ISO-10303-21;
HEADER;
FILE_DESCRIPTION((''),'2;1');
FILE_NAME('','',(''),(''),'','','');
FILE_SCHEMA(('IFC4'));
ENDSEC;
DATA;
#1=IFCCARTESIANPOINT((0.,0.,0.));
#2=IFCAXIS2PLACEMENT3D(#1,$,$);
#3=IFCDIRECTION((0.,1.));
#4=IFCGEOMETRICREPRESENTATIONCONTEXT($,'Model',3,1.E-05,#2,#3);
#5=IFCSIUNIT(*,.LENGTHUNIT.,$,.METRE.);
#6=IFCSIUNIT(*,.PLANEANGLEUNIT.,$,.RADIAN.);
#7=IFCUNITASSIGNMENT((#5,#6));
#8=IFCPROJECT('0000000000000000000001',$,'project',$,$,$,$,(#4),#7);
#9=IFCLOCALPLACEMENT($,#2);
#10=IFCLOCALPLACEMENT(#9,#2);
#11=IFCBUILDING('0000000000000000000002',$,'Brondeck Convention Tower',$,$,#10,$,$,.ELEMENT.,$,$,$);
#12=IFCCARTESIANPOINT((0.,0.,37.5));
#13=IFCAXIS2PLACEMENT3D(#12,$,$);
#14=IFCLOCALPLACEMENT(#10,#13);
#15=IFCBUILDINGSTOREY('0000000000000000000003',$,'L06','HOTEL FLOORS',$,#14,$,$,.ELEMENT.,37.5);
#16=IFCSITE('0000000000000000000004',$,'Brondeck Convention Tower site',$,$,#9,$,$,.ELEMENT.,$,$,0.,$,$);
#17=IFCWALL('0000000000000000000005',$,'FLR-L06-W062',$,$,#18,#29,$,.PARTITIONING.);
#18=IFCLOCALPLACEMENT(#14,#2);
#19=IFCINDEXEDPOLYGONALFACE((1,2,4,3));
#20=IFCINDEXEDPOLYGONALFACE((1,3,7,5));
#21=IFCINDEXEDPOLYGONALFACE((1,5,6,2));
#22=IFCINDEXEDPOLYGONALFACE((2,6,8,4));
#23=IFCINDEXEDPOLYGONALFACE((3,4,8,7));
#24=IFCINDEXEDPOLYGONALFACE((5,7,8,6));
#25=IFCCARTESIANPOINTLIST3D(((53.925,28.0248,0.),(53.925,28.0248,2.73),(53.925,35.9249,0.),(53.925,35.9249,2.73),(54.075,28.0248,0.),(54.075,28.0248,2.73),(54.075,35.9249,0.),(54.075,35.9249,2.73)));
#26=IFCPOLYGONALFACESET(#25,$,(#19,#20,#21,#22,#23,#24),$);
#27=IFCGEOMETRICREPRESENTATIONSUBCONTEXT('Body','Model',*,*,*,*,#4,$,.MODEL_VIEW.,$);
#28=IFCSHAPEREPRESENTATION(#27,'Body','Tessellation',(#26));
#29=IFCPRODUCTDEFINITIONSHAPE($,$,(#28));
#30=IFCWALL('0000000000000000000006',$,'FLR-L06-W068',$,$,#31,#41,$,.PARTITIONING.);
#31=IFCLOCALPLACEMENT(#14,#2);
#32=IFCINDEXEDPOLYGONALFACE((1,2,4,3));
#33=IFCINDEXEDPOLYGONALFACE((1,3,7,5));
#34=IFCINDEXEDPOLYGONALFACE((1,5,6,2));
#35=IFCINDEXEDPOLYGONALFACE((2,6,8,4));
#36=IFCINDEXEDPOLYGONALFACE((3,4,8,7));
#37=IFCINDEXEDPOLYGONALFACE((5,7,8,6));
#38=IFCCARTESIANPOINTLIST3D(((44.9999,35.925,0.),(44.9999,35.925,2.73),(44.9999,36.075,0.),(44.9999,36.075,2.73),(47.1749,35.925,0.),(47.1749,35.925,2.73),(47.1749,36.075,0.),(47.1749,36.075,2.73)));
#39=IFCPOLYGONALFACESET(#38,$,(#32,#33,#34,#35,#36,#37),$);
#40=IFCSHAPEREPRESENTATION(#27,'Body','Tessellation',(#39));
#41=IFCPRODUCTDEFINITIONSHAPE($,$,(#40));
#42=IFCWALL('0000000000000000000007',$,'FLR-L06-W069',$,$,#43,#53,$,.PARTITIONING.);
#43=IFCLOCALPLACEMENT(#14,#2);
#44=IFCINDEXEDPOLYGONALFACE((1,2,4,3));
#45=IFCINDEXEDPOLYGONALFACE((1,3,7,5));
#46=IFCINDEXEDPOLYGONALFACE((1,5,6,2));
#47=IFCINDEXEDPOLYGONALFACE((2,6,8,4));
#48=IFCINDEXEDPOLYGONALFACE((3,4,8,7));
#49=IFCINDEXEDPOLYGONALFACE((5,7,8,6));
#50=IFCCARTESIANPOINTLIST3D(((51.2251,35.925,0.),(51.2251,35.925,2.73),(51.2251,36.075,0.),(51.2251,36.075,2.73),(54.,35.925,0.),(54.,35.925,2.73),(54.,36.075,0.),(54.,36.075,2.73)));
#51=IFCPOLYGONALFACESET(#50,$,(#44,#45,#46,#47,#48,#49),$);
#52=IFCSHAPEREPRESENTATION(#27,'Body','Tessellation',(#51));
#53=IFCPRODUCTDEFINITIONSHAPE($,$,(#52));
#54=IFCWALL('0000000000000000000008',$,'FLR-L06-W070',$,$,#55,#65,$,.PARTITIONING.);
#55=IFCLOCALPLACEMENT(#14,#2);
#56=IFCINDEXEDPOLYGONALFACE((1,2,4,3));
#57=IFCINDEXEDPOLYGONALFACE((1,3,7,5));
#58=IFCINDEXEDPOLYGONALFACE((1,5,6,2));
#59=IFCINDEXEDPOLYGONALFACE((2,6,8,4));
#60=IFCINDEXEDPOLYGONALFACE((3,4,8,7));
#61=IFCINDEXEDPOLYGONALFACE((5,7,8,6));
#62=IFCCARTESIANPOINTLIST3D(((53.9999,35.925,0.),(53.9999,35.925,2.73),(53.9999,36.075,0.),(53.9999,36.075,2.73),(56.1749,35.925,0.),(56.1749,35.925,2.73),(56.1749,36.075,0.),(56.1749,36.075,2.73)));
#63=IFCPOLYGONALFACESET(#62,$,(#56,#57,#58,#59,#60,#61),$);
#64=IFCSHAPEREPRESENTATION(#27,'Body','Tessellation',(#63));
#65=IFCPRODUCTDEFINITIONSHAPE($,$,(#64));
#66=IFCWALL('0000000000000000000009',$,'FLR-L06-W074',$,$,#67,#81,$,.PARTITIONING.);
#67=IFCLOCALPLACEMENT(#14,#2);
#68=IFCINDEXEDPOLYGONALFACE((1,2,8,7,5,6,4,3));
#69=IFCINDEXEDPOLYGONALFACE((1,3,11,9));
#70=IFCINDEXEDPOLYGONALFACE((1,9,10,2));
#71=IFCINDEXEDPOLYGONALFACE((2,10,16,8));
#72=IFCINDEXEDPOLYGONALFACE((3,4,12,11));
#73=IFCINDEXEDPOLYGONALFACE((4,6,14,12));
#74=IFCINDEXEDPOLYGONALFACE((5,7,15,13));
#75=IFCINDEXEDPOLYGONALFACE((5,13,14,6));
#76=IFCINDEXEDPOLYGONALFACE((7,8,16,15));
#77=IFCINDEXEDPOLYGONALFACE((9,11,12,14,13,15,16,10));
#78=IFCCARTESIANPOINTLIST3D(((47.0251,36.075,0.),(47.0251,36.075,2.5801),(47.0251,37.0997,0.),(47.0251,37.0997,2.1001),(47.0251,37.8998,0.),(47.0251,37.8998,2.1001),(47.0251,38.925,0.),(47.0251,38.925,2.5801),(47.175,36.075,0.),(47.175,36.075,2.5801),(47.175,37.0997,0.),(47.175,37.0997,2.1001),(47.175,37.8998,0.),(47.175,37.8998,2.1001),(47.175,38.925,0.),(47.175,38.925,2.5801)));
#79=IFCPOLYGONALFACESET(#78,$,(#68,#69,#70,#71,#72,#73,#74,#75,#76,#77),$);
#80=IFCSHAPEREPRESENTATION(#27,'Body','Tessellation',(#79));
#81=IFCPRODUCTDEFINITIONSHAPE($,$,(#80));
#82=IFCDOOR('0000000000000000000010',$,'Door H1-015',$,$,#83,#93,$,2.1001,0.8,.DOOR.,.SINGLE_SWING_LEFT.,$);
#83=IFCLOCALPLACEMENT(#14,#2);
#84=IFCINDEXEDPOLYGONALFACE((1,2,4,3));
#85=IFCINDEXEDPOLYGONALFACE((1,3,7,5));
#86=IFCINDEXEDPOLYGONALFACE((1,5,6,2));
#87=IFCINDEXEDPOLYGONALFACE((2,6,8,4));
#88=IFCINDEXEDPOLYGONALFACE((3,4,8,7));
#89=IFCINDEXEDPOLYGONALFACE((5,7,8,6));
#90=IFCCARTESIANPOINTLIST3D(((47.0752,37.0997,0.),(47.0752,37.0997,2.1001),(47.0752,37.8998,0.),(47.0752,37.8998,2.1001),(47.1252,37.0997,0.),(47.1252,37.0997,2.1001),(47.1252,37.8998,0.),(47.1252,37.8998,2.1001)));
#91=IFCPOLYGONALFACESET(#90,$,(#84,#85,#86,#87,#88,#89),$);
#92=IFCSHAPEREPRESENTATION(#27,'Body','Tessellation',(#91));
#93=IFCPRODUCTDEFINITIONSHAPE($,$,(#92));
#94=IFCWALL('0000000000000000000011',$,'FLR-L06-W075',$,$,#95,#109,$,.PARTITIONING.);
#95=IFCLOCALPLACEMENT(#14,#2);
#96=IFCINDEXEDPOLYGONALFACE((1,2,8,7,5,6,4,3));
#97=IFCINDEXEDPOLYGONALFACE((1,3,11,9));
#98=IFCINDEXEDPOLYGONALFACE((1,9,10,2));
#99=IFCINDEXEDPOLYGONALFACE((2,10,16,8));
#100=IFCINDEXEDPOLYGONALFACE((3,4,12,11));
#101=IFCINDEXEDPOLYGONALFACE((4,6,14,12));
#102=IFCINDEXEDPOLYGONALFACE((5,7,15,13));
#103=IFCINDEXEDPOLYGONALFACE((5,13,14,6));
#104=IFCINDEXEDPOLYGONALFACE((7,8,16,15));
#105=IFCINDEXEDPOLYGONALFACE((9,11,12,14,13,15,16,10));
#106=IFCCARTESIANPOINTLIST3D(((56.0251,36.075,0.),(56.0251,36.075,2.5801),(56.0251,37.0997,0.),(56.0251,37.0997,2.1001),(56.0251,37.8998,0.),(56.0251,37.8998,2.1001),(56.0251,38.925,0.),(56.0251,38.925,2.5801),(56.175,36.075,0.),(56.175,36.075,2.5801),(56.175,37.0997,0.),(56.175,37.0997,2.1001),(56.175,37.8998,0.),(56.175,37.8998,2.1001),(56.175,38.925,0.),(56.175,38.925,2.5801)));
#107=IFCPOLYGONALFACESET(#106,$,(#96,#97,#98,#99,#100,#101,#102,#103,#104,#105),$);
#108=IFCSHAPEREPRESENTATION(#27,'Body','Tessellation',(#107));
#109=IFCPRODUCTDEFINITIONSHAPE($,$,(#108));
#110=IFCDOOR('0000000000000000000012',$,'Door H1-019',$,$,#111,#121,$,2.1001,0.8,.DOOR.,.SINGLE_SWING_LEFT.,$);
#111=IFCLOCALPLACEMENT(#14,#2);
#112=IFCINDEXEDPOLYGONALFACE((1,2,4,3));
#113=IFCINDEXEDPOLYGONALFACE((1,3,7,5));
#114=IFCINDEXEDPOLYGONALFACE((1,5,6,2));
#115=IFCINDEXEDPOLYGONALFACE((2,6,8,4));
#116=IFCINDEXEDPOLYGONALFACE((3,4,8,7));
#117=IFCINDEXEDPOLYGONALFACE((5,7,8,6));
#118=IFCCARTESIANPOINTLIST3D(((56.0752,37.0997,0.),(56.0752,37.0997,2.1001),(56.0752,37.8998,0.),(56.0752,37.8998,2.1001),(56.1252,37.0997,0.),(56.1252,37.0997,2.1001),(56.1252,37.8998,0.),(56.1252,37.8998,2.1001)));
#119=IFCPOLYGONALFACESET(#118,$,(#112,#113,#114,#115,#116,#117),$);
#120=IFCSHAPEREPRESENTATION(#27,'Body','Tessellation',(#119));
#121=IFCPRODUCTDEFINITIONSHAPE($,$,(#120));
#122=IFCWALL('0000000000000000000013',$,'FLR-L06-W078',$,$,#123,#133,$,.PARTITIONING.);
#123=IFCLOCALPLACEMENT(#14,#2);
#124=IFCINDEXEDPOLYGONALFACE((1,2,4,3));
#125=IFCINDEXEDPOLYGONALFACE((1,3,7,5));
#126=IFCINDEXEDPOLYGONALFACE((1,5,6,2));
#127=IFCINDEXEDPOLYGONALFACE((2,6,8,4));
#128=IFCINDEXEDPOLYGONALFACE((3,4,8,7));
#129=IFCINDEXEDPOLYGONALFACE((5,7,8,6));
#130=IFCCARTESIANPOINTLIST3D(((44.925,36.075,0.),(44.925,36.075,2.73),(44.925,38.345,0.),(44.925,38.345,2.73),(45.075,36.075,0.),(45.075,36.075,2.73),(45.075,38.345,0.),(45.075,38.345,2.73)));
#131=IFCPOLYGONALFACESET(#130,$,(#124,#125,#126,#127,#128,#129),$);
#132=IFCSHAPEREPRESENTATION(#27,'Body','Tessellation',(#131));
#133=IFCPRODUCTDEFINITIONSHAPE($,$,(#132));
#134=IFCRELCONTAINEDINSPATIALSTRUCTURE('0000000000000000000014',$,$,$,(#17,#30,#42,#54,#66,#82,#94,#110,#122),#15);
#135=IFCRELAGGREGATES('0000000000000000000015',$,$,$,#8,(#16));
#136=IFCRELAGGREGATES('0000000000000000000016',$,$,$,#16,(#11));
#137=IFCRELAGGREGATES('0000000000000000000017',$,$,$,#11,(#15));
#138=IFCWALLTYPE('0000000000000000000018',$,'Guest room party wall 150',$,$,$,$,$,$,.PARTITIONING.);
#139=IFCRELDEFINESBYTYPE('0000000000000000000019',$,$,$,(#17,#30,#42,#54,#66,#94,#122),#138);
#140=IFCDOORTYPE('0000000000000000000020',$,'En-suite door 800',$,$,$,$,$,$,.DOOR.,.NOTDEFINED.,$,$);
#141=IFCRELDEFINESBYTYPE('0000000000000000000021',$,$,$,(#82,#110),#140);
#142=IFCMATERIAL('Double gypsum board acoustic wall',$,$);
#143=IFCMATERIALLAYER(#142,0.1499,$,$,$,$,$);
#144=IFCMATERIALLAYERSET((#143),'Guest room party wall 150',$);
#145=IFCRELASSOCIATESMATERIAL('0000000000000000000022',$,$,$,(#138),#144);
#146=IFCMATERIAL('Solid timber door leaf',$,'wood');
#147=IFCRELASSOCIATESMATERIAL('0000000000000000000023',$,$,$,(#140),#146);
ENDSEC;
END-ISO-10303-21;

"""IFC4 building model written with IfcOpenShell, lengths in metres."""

from ifc_helpers import new_model, si_unit, direction, frame, frame_2d, origin, place, context, subcontext, project, spatial, rectangle, extrude, material, layer, layer_set, type_object, element, fill, save


model = new_model("IFC4")

# Units and contexts
model_context = context("Model", 3, precision=1e-05, world=origin(), true_north=direction((0.0, 1.0)))
body_context = subcontext(model_context, "Body", "Model", "MODEL_VIEW")
ifc_project = project(units=[si_unit("LENGTHUNIT", "METRE"), si_unit("PLANEANGLEUNIT", "RADIAN")], contexts=[model_context])

# Site, building, storey
site_placement = place(None, origin())
site = spatial("IfcSite", under=ifc_project, at=site_placement, Name="Brondeck Convention Tower site", CompositionType="ELEMENT", RefElevation=0.0)
building_placement = place(site_placement, origin())
building = spatial("IfcBuilding", under=site, at=building_placement, Name="Brondeck Convention Tower", CompositionType="ELEMENT")
storey_placement = place(building_placement, frame((0.0, 0.0, 37.5)))
storey = spatial("IfcBuildingStorey", under=building, at=storey_placement, Name="L06", Description="HOTEL FLOORS", CompositionType="ELEMENT", Elevation=37.5)

# Walls
ifc_material_1 = material(Name="Double gypsum board acoustic wall")
ifc_layer_1 = layer(ifc_material_1, 0.1499)
ifc_layer_set_1 = layer_set([ifc_layer_1], Name="Guest room party wall 150")
wall_type_1 = type_object("IfcWallType", Name="Guest room party wall 150", PredefinedType="PARTITIONING", material=ifc_layer_set_1)
wall_1_placement = place(storey_placement, frame((54.0, 35.925, 0.0), z_axis=(0.0, 0.0, 1.0), x_axis=(0.0, -1.0, 0.0)))
element("IfcWall", 1, at=wall_1_placement, inside=storey, type_object=wall_type_1, Name="FLR-L06-W062", PredefinedType="PARTITIONING", context=body_context, shape_type="SweptSolid", body=[
    extrude(rectangle(XDim=7.9001, YDim=0.1499, at=frame_2d((3.9502, 0.0))), origin(), (0.0, 0.0, 1.0), 2.73),
])
wall_2_placement = place(storey_placement, frame((45.0, 36.0, 0.0), z_axis=(0.0, 0.0, 1.0), x_axis=(1.0, 0.0, 0.0)))
element("IfcWall", 2, at=wall_2_placement, inside=storey, type_object=wall_type_1, Name="FLR-L06-W068", PredefinedType="PARTITIONING", context=body_context, shape_type="SweptSolid", body=[
    extrude(rectangle(XDim=2.175, YDim=0.1499, at=frame_2d((1.0874, 0.0))), origin(), (0.0, 0.0, 1.0), 2.73),
])
wall_3_placement = place(storey_placement, frame((51.2251, 36.0, 0.0), z_axis=(0.0, 0.0, 1.0), x_axis=(1.0, 0.0, 0.0)))
element("IfcWall", 3, at=wall_3_placement, inside=storey, type_object=wall_type_1, Name="FLR-L06-W069", PredefinedType="PARTITIONING", context=body_context, shape_type="SweptSolid", body=[
    extrude(rectangle(XDim=2.7749, YDim=0.1499, at=frame_2d((1.3875, 0.0))), origin(), (0.0, 0.0, 1.0), 2.73),
])
wall_4_placement = place(storey_placement, frame((54.0, 36.0, 0.0), z_axis=(0.0, 0.0, 1.0), x_axis=(1.0, 0.0, 0.0)))
element("IfcWall", 4, at=wall_4_placement, inside=storey, type_object=wall_type_1, Name="FLR-L06-W070", PredefinedType="PARTITIONING", context=body_context, shape_type="SweptSolid", body=[
    extrude(rectangle(XDim=2.175, YDim=0.1499, at=frame_2d((1.0874, 0.0))), origin(), (0.0, 0.0, 1.0), 2.73),
])

# Walls, openings, doors
wall_5_placement = place(storey_placement, frame((47.1001, 36.075, 0.0), z_axis=(0.0, 0.0, 1.0), x_axis=(0.0, 1.0, 0.0)))
wall_5 = element("IfcWall", 5, at=wall_5_placement, inside=storey, type_object=wall_type_1, Name="FLR-L06-W074", PredefinedType="PARTITIONING", context=body_context, shape_type="SweptSolid", body=[
    extrude(rectangle(XDim=2.8501, YDim=0.1499, at=frame_2d((1.425, 0.0))), origin(), (0.0, 0.0, 1.0), 2.5801),
])
opening_1_placement = place(wall_5_placement, frame((1.0249, 0.0, 0.0)))
opening_1 = element("IfcOpeningElement", 6, at=opening_1_placement, cuts=wall_5, PredefinedType="OPENING", context=body_context, shape_type="SweptSolid", body=[
    extrude(rectangle(XDim=0.8, YDim=2.1001, at=frame_2d((0.3999, 1.05))), frame((0.0, 0.085, 0.0), z_axis=(0.0, -1.0, 0.0), x_axis=(1.0, 0.0, 0.0)), (0.0, 0.0, 1.0), 0.1699),
])
ifc_material_2 = material(Name="Solid timber door leaf", Category="wood")
door_type = type_object("IfcDoorType", Name="En-suite door 800", OperationType="NOTDEFINED", PredefinedType="DOOR", material=ifc_material_2)
door_1_placement = place(opening_1_placement, origin())
door_1 = element("IfcDoor", 7, at=door_1_placement, inside=storey, type_object=door_type, Name="Door H1-015", OperationType="SINGLE_SWING_LEFT", OverallHeight=2.1001, OverallWidth=0.8, PredefinedType="DOOR", context=body_context, shape_type="SweptSolid", body=[
    extrude(rectangle(XDim=0.8, YDim=2.1001, at=frame_2d((0.3999, 1.05))), frame((0.0, 0.0249, 0.0), z_axis=(0.0, -1.0, 0.0), x_axis=(1.0, 0.0, 0.0)), (0.0, 0.0, 1.0), 0.05),
])
fill(opening_1, door_1)
wall_6_placement = place(storey_placement, frame((56.1001, 36.075, 0.0), z_axis=(0.0, 0.0, 1.0), x_axis=(0.0, 1.0, 0.0)))
wall_6 = element("IfcWall", 8, at=wall_6_placement, inside=storey, type_object=wall_type_1, Name="FLR-L06-W075", PredefinedType="PARTITIONING", context=body_context, shape_type="SweptSolid", body=[
    extrude(rectangle(XDim=2.8501, YDim=0.1499, at=frame_2d((1.425, 0.0))), origin(), (0.0, 0.0, 1.0), 2.5801),
])
opening_2_placement = place(wall_6_placement, frame((1.0249, 0.0, 0.0)))
opening_2 = element("IfcOpeningElement", 9, at=opening_2_placement, cuts=wall_6, PredefinedType="OPENING", context=body_context, shape_type="SweptSolid", body=[
    extrude(rectangle(XDim=0.8, YDim=2.1001, at=frame_2d((0.3999, 1.05))), frame((0.0, 0.085, 0.0), z_axis=(0.0, -1.0, 0.0), x_axis=(1.0, 0.0, 0.0)), (0.0, 0.0, 1.0), 0.1699),
])
door_2_placement = place(opening_2_placement, origin())
door_2 = element("IfcDoor", 10, at=door_2_placement, inside=storey, type_object=door_type, Name="Door H1-019", OperationType="SINGLE_SWING_LEFT", OverallHeight=2.1001, OverallWidth=0.8, PredefinedType="DOOR", context=body_context, shape_type="SweptSolid", body=[
    extrude(rectangle(XDim=0.8, YDim=2.1001, at=frame_2d((0.3999, 1.05))), frame((0.0, 0.0249, 0.0), z_axis=(0.0, -1.0, 0.0), x_axis=(1.0, 0.0, 0.0)), (0.0, 0.0, 1.0), 0.05),
])
fill(opening_2, door_2)

# Wall
wall_7_placement = place(storey_placement, frame((45.0, 38.345, 0.0), z_axis=(0.0, 0.0, 1.0), x_axis=(0.0, -1.0, 0.0)))
element("IfcWall", 11, at=wall_7_placement, inside=storey, type_object=wall_type_1, Name="FLR-L06-W078", PredefinedType="PARTITIONING", context=body_context, shape_type="SweptSolid", body=[
    extrude(rectangle(XDim=2.27, YDim=0.1499, at=frame_2d((1.135, 0.0))), origin(), (0.0, 0.0, 1.0), 2.73),
])

save(model, "model.ifc")
